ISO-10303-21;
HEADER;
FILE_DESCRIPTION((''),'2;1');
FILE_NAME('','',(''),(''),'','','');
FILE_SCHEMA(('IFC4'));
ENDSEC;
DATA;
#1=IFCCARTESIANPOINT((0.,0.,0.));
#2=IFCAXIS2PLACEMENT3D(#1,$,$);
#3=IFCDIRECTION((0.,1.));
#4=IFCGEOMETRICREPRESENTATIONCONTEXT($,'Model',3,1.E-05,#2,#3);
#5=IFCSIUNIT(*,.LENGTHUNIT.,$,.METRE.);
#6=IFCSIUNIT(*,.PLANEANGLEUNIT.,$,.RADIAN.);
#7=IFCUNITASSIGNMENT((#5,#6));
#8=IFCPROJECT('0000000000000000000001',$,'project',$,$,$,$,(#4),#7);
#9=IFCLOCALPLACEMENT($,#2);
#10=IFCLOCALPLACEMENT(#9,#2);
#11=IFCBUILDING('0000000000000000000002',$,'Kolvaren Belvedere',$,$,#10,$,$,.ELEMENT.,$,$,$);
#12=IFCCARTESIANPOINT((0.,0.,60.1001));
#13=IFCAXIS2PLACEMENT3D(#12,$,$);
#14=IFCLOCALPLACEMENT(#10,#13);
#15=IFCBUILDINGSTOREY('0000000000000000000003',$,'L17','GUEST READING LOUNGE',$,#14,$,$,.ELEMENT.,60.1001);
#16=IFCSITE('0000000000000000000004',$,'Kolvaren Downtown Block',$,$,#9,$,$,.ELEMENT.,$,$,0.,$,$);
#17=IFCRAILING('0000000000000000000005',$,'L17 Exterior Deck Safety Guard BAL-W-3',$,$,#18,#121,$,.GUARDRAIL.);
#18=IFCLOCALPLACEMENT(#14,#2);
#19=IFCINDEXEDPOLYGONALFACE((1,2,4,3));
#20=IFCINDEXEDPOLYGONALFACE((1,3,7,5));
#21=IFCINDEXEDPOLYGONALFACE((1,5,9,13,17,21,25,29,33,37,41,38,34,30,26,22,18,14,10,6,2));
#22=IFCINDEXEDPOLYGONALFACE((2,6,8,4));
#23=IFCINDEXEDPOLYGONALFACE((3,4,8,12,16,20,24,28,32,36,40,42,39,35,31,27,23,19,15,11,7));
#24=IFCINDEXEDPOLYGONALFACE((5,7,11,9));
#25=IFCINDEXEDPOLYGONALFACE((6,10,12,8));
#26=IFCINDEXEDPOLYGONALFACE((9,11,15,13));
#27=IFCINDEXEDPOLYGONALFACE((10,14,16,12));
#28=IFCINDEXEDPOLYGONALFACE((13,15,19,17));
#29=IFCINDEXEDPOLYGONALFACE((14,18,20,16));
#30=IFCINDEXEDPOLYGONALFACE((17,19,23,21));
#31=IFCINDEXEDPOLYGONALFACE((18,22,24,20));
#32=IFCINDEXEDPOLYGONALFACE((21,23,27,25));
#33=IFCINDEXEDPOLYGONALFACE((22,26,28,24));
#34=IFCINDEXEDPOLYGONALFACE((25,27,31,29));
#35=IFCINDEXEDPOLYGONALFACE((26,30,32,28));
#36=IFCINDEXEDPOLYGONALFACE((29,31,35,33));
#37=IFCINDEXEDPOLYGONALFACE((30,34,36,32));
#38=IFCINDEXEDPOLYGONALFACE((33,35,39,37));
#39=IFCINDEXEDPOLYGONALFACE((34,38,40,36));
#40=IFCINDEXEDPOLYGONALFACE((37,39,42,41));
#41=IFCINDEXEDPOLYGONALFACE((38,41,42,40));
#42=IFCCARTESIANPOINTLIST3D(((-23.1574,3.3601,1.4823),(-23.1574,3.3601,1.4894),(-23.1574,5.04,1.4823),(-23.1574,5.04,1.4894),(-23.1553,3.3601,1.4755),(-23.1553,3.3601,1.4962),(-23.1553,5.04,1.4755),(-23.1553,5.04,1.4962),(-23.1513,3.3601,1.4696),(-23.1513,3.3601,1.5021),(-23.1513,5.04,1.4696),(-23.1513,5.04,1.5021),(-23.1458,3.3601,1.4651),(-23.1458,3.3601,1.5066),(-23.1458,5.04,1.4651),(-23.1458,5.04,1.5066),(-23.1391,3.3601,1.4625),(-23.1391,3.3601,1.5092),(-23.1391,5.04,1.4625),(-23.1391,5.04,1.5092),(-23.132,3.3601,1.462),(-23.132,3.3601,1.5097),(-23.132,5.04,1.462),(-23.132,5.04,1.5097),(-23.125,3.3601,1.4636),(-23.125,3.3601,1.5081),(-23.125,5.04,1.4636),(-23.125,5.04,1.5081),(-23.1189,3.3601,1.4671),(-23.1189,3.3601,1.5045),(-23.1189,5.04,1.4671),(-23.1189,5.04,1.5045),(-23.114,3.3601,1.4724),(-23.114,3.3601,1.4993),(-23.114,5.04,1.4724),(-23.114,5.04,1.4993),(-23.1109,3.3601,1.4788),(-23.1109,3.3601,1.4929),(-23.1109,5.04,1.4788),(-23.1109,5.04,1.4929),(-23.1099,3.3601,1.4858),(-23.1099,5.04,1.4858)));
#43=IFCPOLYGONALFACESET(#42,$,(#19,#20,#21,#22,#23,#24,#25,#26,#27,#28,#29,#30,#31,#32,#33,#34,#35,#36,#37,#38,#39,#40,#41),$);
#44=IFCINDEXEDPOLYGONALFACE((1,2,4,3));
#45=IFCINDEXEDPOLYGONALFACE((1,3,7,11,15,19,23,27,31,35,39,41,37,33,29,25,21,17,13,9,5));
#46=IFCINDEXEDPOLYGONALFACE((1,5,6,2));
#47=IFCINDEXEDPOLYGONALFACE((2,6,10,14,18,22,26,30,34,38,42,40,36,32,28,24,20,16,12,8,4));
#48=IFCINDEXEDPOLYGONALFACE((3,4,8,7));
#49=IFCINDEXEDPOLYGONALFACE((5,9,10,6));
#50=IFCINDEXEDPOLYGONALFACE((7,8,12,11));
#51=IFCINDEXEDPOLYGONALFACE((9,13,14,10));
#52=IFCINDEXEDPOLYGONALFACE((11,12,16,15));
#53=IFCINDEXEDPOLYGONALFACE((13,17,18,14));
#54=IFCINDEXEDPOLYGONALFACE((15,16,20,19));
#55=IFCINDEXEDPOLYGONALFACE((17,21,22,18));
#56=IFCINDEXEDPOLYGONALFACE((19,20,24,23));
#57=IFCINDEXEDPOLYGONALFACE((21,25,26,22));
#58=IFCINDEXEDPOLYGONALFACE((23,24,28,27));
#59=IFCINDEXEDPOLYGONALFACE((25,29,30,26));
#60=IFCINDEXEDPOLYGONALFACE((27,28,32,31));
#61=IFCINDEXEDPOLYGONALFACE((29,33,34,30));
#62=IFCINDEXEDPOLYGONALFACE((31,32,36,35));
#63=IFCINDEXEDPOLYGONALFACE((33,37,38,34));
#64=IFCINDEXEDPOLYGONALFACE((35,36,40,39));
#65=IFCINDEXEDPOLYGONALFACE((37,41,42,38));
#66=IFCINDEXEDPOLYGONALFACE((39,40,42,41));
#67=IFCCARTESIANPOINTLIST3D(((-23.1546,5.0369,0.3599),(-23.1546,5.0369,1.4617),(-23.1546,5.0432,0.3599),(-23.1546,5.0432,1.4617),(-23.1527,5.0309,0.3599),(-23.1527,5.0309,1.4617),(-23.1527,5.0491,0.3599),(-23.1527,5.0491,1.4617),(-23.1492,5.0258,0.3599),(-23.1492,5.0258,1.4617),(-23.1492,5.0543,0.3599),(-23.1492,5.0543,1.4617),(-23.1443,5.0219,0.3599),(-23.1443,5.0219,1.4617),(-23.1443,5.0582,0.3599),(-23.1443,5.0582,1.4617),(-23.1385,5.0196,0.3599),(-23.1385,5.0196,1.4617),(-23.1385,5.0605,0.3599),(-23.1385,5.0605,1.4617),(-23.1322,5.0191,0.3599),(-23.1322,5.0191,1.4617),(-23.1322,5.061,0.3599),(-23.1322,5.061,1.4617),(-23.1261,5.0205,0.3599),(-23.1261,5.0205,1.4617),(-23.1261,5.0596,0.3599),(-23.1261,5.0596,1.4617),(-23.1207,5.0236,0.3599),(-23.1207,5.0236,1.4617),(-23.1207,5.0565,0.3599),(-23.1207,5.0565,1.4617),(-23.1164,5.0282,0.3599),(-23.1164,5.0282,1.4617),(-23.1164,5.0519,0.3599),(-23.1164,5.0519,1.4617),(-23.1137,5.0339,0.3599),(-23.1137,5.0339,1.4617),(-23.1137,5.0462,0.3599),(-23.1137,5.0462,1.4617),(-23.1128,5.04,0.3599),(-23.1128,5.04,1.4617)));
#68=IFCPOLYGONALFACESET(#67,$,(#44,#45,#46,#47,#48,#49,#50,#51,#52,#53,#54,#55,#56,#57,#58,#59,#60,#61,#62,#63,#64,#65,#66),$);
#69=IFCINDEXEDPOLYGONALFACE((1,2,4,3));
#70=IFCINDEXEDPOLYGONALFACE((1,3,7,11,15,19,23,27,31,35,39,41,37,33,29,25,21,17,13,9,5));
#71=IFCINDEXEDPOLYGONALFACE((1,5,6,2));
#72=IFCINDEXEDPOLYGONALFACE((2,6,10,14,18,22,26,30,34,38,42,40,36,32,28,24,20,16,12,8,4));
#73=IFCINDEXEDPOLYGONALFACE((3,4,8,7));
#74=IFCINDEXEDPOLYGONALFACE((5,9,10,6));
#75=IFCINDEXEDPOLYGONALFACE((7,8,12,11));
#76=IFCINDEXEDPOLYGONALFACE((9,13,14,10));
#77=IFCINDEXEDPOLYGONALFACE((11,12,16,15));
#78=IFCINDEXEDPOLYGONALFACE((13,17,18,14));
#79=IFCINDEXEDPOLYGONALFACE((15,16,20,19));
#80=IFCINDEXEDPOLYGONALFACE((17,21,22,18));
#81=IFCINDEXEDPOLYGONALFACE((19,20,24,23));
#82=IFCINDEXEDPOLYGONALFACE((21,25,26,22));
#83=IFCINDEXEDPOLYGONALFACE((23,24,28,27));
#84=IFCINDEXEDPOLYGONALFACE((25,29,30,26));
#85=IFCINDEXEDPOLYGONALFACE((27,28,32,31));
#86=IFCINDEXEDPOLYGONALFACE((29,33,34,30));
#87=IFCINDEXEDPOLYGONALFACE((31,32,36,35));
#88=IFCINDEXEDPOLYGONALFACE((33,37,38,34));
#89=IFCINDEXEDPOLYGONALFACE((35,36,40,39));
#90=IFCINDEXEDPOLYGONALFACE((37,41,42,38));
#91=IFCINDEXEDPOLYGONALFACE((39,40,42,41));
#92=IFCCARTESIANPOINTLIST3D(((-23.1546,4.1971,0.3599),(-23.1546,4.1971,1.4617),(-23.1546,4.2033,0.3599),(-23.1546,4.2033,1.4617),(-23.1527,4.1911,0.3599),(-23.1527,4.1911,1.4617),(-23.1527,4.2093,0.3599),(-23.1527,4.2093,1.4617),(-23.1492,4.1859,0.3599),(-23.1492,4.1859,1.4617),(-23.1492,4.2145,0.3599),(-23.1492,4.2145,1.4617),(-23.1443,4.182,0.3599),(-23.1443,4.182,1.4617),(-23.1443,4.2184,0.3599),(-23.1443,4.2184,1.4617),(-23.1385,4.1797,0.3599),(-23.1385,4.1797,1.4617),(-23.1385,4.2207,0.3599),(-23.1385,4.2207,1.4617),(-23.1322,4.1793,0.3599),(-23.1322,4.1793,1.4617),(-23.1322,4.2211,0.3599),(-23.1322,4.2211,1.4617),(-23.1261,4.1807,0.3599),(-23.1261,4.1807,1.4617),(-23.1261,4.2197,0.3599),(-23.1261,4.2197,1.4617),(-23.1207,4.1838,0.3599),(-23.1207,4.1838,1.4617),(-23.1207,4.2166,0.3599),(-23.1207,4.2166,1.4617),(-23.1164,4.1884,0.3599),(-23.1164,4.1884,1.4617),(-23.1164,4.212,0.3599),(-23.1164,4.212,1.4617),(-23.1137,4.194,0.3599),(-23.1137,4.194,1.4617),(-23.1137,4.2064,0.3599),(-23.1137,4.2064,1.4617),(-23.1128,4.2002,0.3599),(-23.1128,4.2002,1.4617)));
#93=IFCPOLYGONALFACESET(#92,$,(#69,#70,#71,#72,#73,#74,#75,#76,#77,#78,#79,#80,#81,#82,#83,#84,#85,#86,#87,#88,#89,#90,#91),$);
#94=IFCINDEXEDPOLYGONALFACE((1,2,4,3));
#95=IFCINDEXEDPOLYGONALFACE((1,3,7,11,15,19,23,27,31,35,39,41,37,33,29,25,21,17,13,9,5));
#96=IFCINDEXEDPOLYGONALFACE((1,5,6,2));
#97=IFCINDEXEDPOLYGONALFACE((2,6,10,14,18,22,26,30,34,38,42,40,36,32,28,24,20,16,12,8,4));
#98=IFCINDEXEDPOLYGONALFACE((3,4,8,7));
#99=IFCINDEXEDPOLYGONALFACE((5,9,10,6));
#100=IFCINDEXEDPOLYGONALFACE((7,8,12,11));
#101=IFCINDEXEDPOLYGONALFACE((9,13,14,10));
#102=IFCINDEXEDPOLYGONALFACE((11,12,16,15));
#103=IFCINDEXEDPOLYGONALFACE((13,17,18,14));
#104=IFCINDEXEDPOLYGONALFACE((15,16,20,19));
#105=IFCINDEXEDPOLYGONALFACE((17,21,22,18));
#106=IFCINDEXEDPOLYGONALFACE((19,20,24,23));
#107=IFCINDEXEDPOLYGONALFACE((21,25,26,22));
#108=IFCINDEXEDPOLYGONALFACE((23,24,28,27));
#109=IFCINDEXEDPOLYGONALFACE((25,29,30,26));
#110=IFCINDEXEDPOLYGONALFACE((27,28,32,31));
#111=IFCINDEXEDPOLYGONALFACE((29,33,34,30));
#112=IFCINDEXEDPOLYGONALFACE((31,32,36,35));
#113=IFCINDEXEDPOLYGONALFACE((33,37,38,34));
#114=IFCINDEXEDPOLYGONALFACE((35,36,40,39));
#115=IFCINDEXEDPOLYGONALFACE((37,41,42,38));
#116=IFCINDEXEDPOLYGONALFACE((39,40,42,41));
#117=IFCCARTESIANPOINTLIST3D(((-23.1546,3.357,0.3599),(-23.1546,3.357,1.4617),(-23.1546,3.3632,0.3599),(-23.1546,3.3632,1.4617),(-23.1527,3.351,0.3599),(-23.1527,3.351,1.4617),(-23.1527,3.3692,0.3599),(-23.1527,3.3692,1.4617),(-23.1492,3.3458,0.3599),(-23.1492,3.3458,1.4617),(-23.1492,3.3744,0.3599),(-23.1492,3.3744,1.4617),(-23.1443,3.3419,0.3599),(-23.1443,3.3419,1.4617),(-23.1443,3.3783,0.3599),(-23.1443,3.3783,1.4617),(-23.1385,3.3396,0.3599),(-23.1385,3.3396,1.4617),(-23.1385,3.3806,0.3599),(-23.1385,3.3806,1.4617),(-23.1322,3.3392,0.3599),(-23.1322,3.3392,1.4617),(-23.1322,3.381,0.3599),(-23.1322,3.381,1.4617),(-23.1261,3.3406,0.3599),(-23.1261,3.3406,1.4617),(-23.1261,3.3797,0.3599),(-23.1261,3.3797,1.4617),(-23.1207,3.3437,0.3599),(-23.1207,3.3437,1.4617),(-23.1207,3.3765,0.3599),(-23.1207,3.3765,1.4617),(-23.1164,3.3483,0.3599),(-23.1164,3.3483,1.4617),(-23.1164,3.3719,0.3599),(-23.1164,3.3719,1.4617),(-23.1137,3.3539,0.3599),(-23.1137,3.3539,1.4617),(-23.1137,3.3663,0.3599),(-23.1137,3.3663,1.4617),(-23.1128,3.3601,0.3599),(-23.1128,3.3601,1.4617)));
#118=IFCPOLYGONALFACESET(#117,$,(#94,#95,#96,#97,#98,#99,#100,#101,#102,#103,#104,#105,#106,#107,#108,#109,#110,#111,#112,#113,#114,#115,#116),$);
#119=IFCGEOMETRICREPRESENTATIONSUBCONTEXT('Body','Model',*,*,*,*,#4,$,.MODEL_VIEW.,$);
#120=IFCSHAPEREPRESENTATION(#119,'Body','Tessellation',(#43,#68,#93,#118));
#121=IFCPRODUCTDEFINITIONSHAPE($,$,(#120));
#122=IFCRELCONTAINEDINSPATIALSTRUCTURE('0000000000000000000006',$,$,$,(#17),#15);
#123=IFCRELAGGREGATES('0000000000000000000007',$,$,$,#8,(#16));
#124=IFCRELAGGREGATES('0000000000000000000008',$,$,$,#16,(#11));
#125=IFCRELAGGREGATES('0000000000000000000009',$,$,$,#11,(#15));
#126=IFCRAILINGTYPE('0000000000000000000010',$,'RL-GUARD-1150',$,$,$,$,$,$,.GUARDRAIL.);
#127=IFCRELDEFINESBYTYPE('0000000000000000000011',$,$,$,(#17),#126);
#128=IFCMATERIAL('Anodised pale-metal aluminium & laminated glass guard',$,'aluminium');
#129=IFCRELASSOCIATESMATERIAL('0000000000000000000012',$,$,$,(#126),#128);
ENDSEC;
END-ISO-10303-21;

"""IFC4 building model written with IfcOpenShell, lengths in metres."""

from ifc_helpers import new_model, si_unit, direction, frame, origin, origin_2d, place, context, subcontext, project, spatial, circle, extrude, material, type_object, element, save


model = new_model("IFC4")

# Units and contexts
model_context = context("Model", 3, precision=1e-05, world=origin(), true_north=direction((0.0, 1.0)))
body_context = subcontext(model_context, "Body", "Model", "MODEL_VIEW")
ifc_project = project(units=[si_unit("LENGTHUNIT", "METRE"), si_unit("PLANEANGLEUNIT", "RADIAN")], contexts=[model_context])

# Site, building, storey
site_placement = place(None, origin())
site = spatial("IfcSite", under=ifc_project, at=site_placement, Name="Kolvaren Downtown Block", CompositionType="ELEMENT", RefElevation=0.0)
building_placement = place(site_placement, origin())
building = spatial("IfcBuilding", under=site, at=building_placement, Name="Kolvaren Belvedere", CompositionType="ELEMENT")
storey_placement = place(building_placement, frame((0.0, 0.0, 60.1001)))
storey = spatial("IfcBuildingStorey", under=building, at=storey_placement, Name="L17", Description="GUEST READING LOUNGE", CompositionType="ELEMENT", Elevation=60.1001)

# Railing
ifc_material_1 = material(Name="Anodised pale-metal aluminium & laminated glass guard", Category="aluminium")
railing_type = type_object("IfcRailingType", Name="RL-GUARD-1150", PredefinedType="GUARDRAIL", material=ifc_material_1)
railing_1_placement = place(storey_placement, frame((-23.1338, 5.04, 0.3599)))
element("IfcRailing", 1, at=railing_1_placement, inside=storey, type_object=railing_type, Name="L17 Exterior Deck Safety Guard BAL-W-3", PredefinedType="GUARDRAIL", context=body_context, shape_type="SweptSolid", body=[
    extrude(circle(Radius=0.0239, at=origin_2d()), frame((0.0, 0.0, 1.126), z_axis=(0.0, -1.0, 0.0), x_axis=(1.0, 0.0, 0.0)), (0.0, 0.0, 1.0), 1.6799),
    extrude(circle(Radius=0.021, at=origin_2d()), origin(), (0.0, 0.0, 1.0), 1.1018),
    extrude(circle(Radius=0.021, at=origin_2d()), frame((0.0, -0.8398, 0.0)), (0.0, 0.0, 1.0), 1.1018),
    extrude(circle(Radius=0.021, at=origin_2d()), frame((0.0, -1.6799, 0.0)), (0.0, 0.0, 1.0), 1.1018),
])

save(model, "model.ifc")
